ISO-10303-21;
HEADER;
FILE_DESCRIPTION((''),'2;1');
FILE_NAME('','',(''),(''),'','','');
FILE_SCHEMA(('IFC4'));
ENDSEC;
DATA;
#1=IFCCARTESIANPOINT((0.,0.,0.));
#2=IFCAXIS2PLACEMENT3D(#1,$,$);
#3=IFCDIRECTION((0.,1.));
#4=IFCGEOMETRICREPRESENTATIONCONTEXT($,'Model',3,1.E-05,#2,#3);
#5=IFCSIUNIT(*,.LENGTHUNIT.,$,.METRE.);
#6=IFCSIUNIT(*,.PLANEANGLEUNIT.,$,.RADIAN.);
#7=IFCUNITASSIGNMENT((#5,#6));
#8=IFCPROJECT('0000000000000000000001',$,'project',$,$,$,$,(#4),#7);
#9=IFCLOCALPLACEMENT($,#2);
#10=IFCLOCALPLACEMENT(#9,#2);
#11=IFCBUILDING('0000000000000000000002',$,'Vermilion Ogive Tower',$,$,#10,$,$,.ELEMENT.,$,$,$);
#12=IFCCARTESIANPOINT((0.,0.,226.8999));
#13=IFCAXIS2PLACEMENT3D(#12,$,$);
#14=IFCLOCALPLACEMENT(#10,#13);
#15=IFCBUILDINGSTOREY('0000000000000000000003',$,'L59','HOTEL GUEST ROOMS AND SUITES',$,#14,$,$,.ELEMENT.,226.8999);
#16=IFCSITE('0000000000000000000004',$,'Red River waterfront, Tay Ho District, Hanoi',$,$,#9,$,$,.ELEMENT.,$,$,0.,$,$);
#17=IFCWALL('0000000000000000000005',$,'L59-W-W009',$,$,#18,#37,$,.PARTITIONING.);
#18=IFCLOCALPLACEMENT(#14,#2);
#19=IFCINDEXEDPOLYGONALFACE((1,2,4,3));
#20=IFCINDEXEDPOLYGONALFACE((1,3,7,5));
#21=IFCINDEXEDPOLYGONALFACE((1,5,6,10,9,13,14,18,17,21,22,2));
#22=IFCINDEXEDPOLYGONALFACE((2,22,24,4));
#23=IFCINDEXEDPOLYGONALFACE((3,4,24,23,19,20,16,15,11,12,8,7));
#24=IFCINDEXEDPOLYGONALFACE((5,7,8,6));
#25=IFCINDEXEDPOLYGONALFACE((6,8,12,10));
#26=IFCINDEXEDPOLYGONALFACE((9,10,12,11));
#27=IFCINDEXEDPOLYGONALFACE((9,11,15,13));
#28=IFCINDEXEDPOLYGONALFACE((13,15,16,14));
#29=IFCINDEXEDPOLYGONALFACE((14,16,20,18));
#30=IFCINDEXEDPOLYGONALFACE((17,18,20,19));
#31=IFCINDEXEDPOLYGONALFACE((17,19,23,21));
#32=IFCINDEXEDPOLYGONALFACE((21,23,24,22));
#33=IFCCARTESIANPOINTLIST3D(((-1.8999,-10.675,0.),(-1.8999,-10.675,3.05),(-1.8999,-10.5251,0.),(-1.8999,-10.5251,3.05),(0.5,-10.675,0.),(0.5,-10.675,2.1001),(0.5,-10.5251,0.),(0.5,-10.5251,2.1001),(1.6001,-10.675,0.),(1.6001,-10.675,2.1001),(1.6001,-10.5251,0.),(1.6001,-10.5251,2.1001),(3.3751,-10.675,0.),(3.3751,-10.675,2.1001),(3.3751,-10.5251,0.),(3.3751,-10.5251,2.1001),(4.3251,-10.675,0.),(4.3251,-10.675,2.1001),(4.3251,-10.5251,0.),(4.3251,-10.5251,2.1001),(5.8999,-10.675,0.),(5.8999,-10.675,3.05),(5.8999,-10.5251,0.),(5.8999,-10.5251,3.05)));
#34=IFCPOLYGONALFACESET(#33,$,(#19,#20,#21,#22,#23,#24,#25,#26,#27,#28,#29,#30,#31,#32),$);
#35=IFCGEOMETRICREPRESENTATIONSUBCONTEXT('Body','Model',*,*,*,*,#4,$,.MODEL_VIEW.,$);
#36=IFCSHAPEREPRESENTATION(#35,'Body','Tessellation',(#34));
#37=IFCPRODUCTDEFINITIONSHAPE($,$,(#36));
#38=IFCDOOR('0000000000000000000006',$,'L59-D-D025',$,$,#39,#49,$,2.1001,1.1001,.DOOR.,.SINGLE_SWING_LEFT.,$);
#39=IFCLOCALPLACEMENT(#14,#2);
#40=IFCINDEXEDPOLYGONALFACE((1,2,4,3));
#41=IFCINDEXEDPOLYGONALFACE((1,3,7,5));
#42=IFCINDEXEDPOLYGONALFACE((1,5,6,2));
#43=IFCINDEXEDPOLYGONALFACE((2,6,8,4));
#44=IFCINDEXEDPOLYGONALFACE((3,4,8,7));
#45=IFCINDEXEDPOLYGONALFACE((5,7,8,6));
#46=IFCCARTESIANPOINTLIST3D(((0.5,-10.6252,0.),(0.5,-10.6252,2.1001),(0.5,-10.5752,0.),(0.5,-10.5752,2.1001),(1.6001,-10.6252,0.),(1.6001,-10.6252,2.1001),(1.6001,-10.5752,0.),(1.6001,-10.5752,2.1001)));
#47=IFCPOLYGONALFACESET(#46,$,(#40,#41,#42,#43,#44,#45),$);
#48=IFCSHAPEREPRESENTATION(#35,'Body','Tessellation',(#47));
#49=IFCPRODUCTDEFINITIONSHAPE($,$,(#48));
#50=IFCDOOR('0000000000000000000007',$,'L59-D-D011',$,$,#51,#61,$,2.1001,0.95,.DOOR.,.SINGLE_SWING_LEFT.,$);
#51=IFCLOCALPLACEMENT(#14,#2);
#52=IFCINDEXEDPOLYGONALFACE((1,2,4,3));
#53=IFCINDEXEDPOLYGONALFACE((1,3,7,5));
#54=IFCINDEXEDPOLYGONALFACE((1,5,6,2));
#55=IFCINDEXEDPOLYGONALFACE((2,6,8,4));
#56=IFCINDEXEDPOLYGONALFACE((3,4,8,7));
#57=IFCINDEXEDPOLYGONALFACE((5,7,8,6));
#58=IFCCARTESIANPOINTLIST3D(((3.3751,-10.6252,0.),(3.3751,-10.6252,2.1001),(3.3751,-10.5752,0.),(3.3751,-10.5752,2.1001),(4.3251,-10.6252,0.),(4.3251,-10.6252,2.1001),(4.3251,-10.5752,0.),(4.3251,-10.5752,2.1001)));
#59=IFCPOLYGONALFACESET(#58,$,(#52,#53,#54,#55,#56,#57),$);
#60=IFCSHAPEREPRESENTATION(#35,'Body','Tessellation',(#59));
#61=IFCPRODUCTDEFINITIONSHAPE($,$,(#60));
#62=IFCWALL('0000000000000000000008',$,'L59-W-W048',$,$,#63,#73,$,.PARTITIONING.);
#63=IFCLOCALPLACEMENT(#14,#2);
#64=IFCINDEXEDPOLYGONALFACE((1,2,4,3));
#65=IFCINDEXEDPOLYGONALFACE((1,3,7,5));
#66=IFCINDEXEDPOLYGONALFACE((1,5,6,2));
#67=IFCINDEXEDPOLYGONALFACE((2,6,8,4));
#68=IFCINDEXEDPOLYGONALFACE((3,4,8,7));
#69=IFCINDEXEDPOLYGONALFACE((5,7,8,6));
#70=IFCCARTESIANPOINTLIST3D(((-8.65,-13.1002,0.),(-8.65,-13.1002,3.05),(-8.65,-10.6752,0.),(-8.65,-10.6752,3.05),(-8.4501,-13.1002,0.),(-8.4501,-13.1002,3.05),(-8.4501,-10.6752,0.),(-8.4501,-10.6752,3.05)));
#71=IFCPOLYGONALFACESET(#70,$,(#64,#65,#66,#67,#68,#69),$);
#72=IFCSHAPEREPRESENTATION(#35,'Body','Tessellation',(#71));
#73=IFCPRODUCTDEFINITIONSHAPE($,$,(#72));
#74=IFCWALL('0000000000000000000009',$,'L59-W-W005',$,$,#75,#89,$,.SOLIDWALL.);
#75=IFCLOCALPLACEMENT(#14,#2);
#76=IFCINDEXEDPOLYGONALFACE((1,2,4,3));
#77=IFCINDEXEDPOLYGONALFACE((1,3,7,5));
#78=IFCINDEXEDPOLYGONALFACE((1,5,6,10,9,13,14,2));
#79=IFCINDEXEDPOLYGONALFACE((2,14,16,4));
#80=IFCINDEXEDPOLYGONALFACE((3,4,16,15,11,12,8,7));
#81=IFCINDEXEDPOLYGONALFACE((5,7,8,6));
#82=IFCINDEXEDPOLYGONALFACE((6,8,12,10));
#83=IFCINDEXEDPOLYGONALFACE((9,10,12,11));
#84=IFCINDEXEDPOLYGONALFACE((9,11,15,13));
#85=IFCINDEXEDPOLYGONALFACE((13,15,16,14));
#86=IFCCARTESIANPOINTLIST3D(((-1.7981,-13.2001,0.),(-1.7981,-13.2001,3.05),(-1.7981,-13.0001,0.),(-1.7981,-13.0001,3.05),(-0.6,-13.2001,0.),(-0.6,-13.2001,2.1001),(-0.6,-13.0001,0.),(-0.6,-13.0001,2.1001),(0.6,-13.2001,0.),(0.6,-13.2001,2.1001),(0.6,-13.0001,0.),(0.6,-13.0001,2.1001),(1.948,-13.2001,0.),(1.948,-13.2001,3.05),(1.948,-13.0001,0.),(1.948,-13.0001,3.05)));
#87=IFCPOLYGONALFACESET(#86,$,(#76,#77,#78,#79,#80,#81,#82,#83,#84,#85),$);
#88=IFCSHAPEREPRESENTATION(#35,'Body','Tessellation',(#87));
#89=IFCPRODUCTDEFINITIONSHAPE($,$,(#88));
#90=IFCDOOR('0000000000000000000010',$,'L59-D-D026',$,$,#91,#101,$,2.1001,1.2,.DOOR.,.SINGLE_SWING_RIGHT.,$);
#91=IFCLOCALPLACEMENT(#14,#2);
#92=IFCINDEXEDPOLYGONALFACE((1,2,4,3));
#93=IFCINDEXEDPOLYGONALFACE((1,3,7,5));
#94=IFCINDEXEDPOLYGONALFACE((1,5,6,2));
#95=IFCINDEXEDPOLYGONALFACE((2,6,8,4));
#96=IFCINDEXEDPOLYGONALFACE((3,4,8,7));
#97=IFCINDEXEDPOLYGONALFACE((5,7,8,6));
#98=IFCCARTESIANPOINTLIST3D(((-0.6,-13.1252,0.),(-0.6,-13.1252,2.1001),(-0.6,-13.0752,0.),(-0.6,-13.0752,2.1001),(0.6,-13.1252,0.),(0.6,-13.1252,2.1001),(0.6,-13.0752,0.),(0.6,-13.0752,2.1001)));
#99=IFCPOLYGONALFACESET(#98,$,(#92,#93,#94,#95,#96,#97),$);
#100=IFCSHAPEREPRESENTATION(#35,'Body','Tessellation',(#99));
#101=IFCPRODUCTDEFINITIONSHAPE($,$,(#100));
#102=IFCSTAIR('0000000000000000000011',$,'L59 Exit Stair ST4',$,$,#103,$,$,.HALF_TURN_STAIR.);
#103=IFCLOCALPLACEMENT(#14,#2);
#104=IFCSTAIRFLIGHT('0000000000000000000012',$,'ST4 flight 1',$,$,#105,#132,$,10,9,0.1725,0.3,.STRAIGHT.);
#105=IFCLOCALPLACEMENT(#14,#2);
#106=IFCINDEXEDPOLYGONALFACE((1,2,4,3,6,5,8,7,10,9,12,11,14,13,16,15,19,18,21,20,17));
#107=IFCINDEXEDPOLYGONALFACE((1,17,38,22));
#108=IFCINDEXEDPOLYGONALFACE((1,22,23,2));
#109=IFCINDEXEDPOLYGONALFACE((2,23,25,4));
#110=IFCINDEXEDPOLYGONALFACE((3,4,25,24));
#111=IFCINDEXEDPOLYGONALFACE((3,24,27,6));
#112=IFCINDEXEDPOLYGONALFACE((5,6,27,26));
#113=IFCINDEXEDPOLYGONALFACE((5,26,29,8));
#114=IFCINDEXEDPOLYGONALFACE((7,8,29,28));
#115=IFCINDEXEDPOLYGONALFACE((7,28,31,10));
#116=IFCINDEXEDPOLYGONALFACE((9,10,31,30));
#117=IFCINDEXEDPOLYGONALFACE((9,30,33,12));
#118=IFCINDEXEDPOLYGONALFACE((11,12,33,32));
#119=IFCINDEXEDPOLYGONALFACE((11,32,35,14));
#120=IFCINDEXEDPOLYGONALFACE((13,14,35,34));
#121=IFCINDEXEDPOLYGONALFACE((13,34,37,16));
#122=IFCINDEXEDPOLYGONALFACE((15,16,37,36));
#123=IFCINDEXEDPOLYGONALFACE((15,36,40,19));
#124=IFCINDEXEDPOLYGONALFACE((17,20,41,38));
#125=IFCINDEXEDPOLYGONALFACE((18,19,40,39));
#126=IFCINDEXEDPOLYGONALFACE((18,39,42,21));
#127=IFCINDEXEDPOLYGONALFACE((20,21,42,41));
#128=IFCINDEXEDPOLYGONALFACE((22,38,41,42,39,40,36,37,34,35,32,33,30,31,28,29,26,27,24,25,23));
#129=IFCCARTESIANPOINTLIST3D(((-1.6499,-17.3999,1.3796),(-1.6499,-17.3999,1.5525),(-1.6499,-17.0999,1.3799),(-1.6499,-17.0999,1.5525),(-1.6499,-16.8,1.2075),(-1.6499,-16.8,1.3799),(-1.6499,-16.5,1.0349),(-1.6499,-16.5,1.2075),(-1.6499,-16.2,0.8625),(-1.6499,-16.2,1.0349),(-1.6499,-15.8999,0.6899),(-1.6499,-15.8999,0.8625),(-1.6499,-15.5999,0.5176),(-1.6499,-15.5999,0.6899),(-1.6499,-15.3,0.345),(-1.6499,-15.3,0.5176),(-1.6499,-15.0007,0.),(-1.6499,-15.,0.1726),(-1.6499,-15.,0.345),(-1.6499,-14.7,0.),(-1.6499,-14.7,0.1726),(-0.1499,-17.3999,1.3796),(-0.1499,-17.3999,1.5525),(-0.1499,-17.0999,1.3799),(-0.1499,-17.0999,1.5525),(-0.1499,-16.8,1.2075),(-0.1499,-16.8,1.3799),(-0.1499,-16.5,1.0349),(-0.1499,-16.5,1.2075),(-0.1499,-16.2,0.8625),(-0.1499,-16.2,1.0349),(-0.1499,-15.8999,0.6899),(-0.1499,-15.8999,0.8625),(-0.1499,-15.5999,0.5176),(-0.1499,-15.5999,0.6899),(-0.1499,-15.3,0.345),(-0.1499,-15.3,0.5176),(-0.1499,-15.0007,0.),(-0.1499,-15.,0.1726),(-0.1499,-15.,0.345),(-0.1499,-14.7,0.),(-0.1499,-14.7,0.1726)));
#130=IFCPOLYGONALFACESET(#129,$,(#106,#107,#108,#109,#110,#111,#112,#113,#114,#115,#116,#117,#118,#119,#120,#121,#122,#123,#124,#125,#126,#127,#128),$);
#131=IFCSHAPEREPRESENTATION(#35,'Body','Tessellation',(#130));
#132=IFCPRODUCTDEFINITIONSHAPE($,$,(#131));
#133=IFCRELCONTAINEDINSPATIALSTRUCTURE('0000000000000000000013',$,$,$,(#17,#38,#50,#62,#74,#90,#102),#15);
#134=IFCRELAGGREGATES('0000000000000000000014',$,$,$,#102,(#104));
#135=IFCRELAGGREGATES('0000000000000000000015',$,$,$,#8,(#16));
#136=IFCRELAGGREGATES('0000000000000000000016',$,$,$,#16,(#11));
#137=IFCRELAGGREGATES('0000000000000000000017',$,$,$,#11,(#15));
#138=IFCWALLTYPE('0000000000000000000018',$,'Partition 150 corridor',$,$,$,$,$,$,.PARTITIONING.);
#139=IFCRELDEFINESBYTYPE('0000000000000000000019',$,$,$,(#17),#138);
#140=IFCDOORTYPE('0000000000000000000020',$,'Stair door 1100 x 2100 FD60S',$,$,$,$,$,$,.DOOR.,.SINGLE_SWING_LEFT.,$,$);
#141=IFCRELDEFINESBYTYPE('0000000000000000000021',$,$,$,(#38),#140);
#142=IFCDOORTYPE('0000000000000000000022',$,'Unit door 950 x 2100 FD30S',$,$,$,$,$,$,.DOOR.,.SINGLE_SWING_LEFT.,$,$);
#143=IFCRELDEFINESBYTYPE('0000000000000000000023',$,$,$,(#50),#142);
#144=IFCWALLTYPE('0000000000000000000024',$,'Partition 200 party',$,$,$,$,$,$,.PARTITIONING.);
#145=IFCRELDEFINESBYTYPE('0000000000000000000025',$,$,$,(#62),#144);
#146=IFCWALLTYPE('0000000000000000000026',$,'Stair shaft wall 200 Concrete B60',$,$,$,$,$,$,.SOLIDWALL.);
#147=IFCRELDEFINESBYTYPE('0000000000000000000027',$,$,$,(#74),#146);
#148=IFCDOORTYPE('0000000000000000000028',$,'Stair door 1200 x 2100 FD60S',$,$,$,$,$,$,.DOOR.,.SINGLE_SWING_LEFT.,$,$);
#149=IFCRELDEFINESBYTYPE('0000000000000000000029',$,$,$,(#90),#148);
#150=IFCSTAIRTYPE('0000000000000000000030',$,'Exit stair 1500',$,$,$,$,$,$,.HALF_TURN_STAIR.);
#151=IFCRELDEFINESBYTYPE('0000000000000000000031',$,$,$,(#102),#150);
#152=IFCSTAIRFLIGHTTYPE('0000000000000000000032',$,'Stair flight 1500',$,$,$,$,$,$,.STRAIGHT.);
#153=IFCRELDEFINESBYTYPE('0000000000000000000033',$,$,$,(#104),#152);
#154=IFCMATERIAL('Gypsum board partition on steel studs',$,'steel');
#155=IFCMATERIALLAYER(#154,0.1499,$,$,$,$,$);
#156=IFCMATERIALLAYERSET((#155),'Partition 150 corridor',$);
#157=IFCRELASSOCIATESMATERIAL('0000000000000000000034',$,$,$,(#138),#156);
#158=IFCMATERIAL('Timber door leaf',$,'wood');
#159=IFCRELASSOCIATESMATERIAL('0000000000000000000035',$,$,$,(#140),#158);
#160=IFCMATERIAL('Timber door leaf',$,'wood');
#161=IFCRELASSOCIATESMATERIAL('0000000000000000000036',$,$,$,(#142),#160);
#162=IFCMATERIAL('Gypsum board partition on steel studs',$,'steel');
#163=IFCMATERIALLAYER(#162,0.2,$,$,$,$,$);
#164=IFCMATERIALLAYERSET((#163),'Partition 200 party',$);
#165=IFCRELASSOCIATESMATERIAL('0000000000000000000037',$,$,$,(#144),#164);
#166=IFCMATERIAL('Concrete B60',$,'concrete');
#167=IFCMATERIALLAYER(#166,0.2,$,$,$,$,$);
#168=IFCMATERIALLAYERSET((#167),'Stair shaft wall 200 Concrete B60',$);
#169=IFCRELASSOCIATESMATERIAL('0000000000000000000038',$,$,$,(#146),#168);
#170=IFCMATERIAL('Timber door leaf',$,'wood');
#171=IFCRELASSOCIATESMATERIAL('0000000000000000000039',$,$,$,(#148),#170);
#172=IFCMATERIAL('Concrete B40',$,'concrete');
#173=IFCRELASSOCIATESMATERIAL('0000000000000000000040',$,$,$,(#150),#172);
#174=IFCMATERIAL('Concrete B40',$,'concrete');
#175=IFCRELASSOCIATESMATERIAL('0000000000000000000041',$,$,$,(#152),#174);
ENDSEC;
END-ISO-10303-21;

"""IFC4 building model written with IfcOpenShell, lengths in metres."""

from ifc_helpers import new_model, si_unit, direction, frame, frame_2d, origin, place, context, subcontext, project, spatial, polyline, rectangle, outline, extrude, material, layer, layer_set, type_object, element, fill, aggregate, save


model = new_model("IFC4")

# Units and contexts
model_context = context("Model", 3, precision=1e-05, world=origin(), true_north=direction((0.0, 1.0)))
body_context = subcontext(model_context, "Body", "Model", "MODEL_VIEW")
ifc_project = project(units=[si_unit("LENGTHUNIT", "METRE"), si_unit("PLANEANGLEUNIT", "RADIAN")], contexts=[model_context])

# Site, building, storey
site_placement = place(None, origin())
site = spatial("IfcSite", under=ifc_project, at=site_placement, Name="Red River waterfront, Tay Ho District, Hanoi", CompositionType="ELEMENT", RefElevation=0.0)
building_placement = place(site_placement, origin())
building = spatial("IfcBuilding", under=site, at=building_placement, Name="Vermilion Ogive Tower", CompositionType="ELEMENT")
storey_placement = place(building_placement, frame((0.0, 0.0, 226.8999)))
storey = spatial("IfcBuildingStorey", under=building, at=storey_placement, Name="L59", Description="HOTEL GUEST ROOMS AND SUITES", CompositionType="ELEMENT", Elevation=226.8999)

# Wall, openings, doors
ifc_material_1 = material(Name="Gypsum board partition on steel studs", Category="steel")
ifc_layer_1 = layer(ifc_material_1, 0.1499)
ifc_layer_set_1 = layer_set([ifc_layer_1], Name="Partition 150 corridor")
wall_type_1 = type_object("IfcWallType", Name="Partition 150 corridor", PredefinedType="PARTITIONING", material=ifc_layer_set_1)
wall_1_placement = place(storey_placement, frame((-1.8999, -10.6001, 0.0), z_axis=(0.0, 0.0, 1.0), x_axis=(1.0, 0.0, 0.0)))
wall_1 = element("IfcWall", 1, at=wall_1_placement, inside=storey, type_object=wall_type_1, Name="L59-W-W009", PredefinedType="PARTITIONING", context=body_context, shape_type="SweptSolid", body=[
    extrude(rectangle(XDim=7.7998, YDim=0.1499, at=frame_2d((3.8999, 0.0))), origin(), (0.0, 0.0, 1.0), 3.05),
])
opening_1_placement = place(wall_1_placement, frame((5.2749, 0.0, 0.0)))
opening_1 = element("IfcOpeningElement", 2, at=opening_1_placement, cuts=wall_1, PredefinedType="OPENING", context=body_context, shape_type="SweptSolid", body=[
    extrude(rectangle(XDim=0.95, YDim=2.1001, at=frame_2d((0.4751, 1.05))), frame((0.0, 0.085, 0.0), z_axis=(0.0, -1.0, 0.0), x_axis=(1.0, 0.0, 0.0)), (0.0, 0.0, 1.0), 0.1699),
])
opening_2_placement = place(wall_1_placement, frame((2.3999, 0.0, 0.0)))
opening_2 = element("IfcOpeningElement", 3, at=opening_2_placement, cuts=wall_1, PredefinedType="OPENING", context=body_context, shape_type="SweptSolid", body=[
    extrude(rectangle(XDim=1.1001, YDim=2.1001, at=frame_2d((0.55, 1.05))), frame((0.0, 0.085, 0.0), z_axis=(0.0, -1.0, 0.0), x_axis=(1.0, 0.0, 0.0)), (0.0, 0.0, 1.0), 0.1699),
])
ifc_material_2 = material(Name="Timber door leaf", Category="wood")
door_type_1 = type_object("IfcDoorType", Name="Stair door 1100 x 2100 FD60S", OperationType="SINGLE_SWING_LEFT", PredefinedType="DOOR", material=ifc_material_2)
door_1_placement = place(opening_2_placement, origin())
door_1 = element("IfcDoor", 4, at=door_1_placement, inside=storey, type_object=door_type_1, Name="L59-D-D025", OperationType="SINGLE_SWING_LEFT", OverallHeight=2.1001, OverallWidth=1.1001, PredefinedType="DOOR", context=body_context, shape_type="SweptSolid", body=[
    extrude(rectangle(XDim=1.1001, YDim=2.1001, at=frame_2d((0.55, 1.05))), frame((0.0, 0.0249, 0.0), z_axis=(0.0, -1.0, 0.0), x_axis=(1.0, 0.0, 0.0)), (0.0, 0.0, 1.0), 0.05),
])
fill(opening_2, door_1)
ifc_material_3 = material(Name="Timber door leaf", Category="wood")
door_type_2 = type_object("IfcDoorType", Name="Unit door 950 x 2100 FD30S", OperationType="SINGLE_SWING_LEFT", PredefinedType="DOOR", material=ifc_material_3)
door_2_placement = place(opening_1_placement, origin())
door_2 = element("IfcDoor", 5, at=door_2_placement, inside=storey, type_object=door_type_2, Name="L59-D-D011", OperationType="SINGLE_SWING_LEFT", OverallHeight=2.1001, OverallWidth=0.95, PredefinedType="DOOR", context=body_context, shape_type="SweptSolid", body=[
    extrude(rectangle(XDim=0.95, YDim=2.1001, at=frame_2d((0.4751, 1.05))), frame((0.0, 0.0249, 0.0), z_axis=(0.0, -1.0, 0.0), x_axis=(1.0, 0.0, 0.0)), (0.0, 0.0, 1.0), 0.05),
])
fill(opening_1, door_2)

# Wall
ifc_material_4 = material(Name="Gypsum board partition on steel studs", Category="steel")
ifc_layer_2 = layer(ifc_material_4, 0.2)
ifc_layer_set_2 = layer_set([ifc_layer_2], Name="Partition 200 party")
wall_type_2 = type_object("IfcWallType", Name="Partition 200 party", PredefinedType="PARTITIONING", material=ifc_layer_set_2)
wall_2_placement = place(storey_placement, frame((-8.55, -13.1001, 0.0), z_axis=(0.0, 0.0, 1.0), x_axis=(0.0, 1.0, 0.0)))
element("IfcWall", 6, at=wall_2_placement, inside=storey, type_object=wall_type_2, Name="L59-W-W048", PredefinedType="PARTITIONING", context=body_context, shape_type="SweptSolid", body=[
    extrude(rectangle(XDim=2.425, YDim=0.2, at=frame_2d((1.2124, 0.0))), origin(), (0.0, 0.0, 1.0), 3.05),
])

# Wall, opening, door
ifc_material_5 = material(Name="Concrete B60", Category="concrete")
ifc_layer_3 = layer(ifc_material_5, 0.2)
ifc_layer_set_3 = layer_set([ifc_layer_3], Name="Stair shaft wall 200 Concrete B60")
wall_type_3 = type_object("IfcWallType", Name="Stair shaft wall 200 Concrete B60", PredefinedType="SOLIDWALL", material=ifc_layer_set_3)
wall_3_placement = place(storey_placement, frame((-1.7981, -13.1001, 0.0), z_axis=(0.0, 0.0, 1.0), x_axis=(1.0, 0.0, 0.0)))
wall_3 = element("IfcWall", 7, at=wall_3_placement, inside=storey, type_object=wall_type_3, Name="L59-W-W005", PredefinedType="SOLIDWALL", context=body_context, shape_type="SweptSolid", body=[
    extrude(rectangle(XDim=3.7461, YDim=0.2, at=frame_2d((1.873, 0.0))), origin(), (0.0, 0.0, 1.0), 3.05),
])
opening_3_placement = place(wall_3_placement, frame((1.198, 0.0, 0.0)))
opening_3 = element("IfcOpeningElement", 8, at=opening_3_placement, cuts=wall_3, PredefinedType="OPENING", context=body_context, shape_type="SweptSolid", body=[
    extrude(rectangle(XDim=1.2, YDim=2.1001, at=frame_2d((0.6001, 1.05))), frame((0.0, 0.1099, 0.0), z_axis=(0.0, -1.0, 0.0), x_axis=(1.0, 0.0, 0.0)), (0.0, 0.0, 1.0), 0.22),
])
ifc_material_6 = material(Name="Timber door leaf", Category="wood")
door_type_3 = type_object("IfcDoorType", Name="Stair door 1200 x 2100 FD60S", OperationType="SINGLE_SWING_LEFT", PredefinedType="DOOR", material=ifc_material_6)
door_3_placement = place(opening_3_placement, origin())
door_3 = element("IfcDoor", 9, at=door_3_placement, inside=storey, type_object=door_type_3, Name="L59-D-D026", OperationType="SINGLE_SWING_RIGHT", OverallHeight=2.1001, OverallWidth=1.2, PredefinedType="DOOR", context=body_context, shape_type="SweptSolid", body=[
    extrude(rectangle(XDim=1.2, YDim=2.1001, at=frame_2d((0.6001, 1.05))), frame((0.0, 0.0249, 0.0), z_axis=(0.0, -1.0, 0.0), x_axis=(1.0, 0.0, 0.0)), (0.0, 0.0, 1.0), 0.05),
])
fill(opening_3, door_3)

# Stair, stair flight
ifc_material_7 = material(Name="Concrete B40", Category="concrete")
stair_type = type_object("IfcStairType", Name="Exit stair 1500", PredefinedType="HALF_TURN_STAIR", material=ifc_material_7)
stair_placement = place(storey_placement, origin())
stair = element("IfcStair", 10, at=stair_placement, inside=storey, type_object=stair_type, Name="L59 Exit Stair ST4", PredefinedType="HALF_TURN_STAIR")
ifc_material_8 = material(Name="Concrete B40", Category="concrete")
stair_flight_type = type_object("IfcStairFlightType", Name="Stair flight 1500", PredefinedType="STRAIGHT", material=ifc_material_8)
stair_flight_placement = place(storey_placement, frame((-0.8999, -14.7, 0.0), z_axis=(0.0, 0.0, 1.0), x_axis=(0.0, -1.0, 0.0)))
stair_flight = element("IfcStairFlight", 11, at=stair_flight_placement, type_object=stair_flight_type, Name="ST4 flight 1", NumberOfRisers=10, NumberOfTreads=9, PredefinedType="STRAIGHT", RiserHeight=0.1725, TreadLength=0.3, context=body_context, shape_type="SweptSolid", body=[
    extrude(outline(polyline([(0.0, 0.0), (0.0, 0.1726), (0.3, 0.1726), (0.3, 0.345), (0.6001, 0.345), (0.6001, 0.5176), (0.8999, 0.5176), (0.8999, 0.6899), (1.2, 0.6899), (1.2, 0.8625), (1.5, 0.8625), (1.5, 1.0349), (1.8, 1.0349), (1.8, 1.2075), (2.1001, 1.2075), (2.1001, 1.3799), (2.3999, 1.3799), (2.3999, 1.5525), (2.7, 1.5525), (2.7, 1.7251), (2.7, 1.3796), (0.3008, 0.0), (0.0, 0.0)])), frame((0.0, 0.75, 0.0), z_axis=(0.0, -1.0, 0.0), x_axis=(1.0, 0.0, 0.0)), (0.0, 0.0, 1.0), 1.5),
])
aggregate(stair, [stair_flight])

save(model, "model.ifc")
